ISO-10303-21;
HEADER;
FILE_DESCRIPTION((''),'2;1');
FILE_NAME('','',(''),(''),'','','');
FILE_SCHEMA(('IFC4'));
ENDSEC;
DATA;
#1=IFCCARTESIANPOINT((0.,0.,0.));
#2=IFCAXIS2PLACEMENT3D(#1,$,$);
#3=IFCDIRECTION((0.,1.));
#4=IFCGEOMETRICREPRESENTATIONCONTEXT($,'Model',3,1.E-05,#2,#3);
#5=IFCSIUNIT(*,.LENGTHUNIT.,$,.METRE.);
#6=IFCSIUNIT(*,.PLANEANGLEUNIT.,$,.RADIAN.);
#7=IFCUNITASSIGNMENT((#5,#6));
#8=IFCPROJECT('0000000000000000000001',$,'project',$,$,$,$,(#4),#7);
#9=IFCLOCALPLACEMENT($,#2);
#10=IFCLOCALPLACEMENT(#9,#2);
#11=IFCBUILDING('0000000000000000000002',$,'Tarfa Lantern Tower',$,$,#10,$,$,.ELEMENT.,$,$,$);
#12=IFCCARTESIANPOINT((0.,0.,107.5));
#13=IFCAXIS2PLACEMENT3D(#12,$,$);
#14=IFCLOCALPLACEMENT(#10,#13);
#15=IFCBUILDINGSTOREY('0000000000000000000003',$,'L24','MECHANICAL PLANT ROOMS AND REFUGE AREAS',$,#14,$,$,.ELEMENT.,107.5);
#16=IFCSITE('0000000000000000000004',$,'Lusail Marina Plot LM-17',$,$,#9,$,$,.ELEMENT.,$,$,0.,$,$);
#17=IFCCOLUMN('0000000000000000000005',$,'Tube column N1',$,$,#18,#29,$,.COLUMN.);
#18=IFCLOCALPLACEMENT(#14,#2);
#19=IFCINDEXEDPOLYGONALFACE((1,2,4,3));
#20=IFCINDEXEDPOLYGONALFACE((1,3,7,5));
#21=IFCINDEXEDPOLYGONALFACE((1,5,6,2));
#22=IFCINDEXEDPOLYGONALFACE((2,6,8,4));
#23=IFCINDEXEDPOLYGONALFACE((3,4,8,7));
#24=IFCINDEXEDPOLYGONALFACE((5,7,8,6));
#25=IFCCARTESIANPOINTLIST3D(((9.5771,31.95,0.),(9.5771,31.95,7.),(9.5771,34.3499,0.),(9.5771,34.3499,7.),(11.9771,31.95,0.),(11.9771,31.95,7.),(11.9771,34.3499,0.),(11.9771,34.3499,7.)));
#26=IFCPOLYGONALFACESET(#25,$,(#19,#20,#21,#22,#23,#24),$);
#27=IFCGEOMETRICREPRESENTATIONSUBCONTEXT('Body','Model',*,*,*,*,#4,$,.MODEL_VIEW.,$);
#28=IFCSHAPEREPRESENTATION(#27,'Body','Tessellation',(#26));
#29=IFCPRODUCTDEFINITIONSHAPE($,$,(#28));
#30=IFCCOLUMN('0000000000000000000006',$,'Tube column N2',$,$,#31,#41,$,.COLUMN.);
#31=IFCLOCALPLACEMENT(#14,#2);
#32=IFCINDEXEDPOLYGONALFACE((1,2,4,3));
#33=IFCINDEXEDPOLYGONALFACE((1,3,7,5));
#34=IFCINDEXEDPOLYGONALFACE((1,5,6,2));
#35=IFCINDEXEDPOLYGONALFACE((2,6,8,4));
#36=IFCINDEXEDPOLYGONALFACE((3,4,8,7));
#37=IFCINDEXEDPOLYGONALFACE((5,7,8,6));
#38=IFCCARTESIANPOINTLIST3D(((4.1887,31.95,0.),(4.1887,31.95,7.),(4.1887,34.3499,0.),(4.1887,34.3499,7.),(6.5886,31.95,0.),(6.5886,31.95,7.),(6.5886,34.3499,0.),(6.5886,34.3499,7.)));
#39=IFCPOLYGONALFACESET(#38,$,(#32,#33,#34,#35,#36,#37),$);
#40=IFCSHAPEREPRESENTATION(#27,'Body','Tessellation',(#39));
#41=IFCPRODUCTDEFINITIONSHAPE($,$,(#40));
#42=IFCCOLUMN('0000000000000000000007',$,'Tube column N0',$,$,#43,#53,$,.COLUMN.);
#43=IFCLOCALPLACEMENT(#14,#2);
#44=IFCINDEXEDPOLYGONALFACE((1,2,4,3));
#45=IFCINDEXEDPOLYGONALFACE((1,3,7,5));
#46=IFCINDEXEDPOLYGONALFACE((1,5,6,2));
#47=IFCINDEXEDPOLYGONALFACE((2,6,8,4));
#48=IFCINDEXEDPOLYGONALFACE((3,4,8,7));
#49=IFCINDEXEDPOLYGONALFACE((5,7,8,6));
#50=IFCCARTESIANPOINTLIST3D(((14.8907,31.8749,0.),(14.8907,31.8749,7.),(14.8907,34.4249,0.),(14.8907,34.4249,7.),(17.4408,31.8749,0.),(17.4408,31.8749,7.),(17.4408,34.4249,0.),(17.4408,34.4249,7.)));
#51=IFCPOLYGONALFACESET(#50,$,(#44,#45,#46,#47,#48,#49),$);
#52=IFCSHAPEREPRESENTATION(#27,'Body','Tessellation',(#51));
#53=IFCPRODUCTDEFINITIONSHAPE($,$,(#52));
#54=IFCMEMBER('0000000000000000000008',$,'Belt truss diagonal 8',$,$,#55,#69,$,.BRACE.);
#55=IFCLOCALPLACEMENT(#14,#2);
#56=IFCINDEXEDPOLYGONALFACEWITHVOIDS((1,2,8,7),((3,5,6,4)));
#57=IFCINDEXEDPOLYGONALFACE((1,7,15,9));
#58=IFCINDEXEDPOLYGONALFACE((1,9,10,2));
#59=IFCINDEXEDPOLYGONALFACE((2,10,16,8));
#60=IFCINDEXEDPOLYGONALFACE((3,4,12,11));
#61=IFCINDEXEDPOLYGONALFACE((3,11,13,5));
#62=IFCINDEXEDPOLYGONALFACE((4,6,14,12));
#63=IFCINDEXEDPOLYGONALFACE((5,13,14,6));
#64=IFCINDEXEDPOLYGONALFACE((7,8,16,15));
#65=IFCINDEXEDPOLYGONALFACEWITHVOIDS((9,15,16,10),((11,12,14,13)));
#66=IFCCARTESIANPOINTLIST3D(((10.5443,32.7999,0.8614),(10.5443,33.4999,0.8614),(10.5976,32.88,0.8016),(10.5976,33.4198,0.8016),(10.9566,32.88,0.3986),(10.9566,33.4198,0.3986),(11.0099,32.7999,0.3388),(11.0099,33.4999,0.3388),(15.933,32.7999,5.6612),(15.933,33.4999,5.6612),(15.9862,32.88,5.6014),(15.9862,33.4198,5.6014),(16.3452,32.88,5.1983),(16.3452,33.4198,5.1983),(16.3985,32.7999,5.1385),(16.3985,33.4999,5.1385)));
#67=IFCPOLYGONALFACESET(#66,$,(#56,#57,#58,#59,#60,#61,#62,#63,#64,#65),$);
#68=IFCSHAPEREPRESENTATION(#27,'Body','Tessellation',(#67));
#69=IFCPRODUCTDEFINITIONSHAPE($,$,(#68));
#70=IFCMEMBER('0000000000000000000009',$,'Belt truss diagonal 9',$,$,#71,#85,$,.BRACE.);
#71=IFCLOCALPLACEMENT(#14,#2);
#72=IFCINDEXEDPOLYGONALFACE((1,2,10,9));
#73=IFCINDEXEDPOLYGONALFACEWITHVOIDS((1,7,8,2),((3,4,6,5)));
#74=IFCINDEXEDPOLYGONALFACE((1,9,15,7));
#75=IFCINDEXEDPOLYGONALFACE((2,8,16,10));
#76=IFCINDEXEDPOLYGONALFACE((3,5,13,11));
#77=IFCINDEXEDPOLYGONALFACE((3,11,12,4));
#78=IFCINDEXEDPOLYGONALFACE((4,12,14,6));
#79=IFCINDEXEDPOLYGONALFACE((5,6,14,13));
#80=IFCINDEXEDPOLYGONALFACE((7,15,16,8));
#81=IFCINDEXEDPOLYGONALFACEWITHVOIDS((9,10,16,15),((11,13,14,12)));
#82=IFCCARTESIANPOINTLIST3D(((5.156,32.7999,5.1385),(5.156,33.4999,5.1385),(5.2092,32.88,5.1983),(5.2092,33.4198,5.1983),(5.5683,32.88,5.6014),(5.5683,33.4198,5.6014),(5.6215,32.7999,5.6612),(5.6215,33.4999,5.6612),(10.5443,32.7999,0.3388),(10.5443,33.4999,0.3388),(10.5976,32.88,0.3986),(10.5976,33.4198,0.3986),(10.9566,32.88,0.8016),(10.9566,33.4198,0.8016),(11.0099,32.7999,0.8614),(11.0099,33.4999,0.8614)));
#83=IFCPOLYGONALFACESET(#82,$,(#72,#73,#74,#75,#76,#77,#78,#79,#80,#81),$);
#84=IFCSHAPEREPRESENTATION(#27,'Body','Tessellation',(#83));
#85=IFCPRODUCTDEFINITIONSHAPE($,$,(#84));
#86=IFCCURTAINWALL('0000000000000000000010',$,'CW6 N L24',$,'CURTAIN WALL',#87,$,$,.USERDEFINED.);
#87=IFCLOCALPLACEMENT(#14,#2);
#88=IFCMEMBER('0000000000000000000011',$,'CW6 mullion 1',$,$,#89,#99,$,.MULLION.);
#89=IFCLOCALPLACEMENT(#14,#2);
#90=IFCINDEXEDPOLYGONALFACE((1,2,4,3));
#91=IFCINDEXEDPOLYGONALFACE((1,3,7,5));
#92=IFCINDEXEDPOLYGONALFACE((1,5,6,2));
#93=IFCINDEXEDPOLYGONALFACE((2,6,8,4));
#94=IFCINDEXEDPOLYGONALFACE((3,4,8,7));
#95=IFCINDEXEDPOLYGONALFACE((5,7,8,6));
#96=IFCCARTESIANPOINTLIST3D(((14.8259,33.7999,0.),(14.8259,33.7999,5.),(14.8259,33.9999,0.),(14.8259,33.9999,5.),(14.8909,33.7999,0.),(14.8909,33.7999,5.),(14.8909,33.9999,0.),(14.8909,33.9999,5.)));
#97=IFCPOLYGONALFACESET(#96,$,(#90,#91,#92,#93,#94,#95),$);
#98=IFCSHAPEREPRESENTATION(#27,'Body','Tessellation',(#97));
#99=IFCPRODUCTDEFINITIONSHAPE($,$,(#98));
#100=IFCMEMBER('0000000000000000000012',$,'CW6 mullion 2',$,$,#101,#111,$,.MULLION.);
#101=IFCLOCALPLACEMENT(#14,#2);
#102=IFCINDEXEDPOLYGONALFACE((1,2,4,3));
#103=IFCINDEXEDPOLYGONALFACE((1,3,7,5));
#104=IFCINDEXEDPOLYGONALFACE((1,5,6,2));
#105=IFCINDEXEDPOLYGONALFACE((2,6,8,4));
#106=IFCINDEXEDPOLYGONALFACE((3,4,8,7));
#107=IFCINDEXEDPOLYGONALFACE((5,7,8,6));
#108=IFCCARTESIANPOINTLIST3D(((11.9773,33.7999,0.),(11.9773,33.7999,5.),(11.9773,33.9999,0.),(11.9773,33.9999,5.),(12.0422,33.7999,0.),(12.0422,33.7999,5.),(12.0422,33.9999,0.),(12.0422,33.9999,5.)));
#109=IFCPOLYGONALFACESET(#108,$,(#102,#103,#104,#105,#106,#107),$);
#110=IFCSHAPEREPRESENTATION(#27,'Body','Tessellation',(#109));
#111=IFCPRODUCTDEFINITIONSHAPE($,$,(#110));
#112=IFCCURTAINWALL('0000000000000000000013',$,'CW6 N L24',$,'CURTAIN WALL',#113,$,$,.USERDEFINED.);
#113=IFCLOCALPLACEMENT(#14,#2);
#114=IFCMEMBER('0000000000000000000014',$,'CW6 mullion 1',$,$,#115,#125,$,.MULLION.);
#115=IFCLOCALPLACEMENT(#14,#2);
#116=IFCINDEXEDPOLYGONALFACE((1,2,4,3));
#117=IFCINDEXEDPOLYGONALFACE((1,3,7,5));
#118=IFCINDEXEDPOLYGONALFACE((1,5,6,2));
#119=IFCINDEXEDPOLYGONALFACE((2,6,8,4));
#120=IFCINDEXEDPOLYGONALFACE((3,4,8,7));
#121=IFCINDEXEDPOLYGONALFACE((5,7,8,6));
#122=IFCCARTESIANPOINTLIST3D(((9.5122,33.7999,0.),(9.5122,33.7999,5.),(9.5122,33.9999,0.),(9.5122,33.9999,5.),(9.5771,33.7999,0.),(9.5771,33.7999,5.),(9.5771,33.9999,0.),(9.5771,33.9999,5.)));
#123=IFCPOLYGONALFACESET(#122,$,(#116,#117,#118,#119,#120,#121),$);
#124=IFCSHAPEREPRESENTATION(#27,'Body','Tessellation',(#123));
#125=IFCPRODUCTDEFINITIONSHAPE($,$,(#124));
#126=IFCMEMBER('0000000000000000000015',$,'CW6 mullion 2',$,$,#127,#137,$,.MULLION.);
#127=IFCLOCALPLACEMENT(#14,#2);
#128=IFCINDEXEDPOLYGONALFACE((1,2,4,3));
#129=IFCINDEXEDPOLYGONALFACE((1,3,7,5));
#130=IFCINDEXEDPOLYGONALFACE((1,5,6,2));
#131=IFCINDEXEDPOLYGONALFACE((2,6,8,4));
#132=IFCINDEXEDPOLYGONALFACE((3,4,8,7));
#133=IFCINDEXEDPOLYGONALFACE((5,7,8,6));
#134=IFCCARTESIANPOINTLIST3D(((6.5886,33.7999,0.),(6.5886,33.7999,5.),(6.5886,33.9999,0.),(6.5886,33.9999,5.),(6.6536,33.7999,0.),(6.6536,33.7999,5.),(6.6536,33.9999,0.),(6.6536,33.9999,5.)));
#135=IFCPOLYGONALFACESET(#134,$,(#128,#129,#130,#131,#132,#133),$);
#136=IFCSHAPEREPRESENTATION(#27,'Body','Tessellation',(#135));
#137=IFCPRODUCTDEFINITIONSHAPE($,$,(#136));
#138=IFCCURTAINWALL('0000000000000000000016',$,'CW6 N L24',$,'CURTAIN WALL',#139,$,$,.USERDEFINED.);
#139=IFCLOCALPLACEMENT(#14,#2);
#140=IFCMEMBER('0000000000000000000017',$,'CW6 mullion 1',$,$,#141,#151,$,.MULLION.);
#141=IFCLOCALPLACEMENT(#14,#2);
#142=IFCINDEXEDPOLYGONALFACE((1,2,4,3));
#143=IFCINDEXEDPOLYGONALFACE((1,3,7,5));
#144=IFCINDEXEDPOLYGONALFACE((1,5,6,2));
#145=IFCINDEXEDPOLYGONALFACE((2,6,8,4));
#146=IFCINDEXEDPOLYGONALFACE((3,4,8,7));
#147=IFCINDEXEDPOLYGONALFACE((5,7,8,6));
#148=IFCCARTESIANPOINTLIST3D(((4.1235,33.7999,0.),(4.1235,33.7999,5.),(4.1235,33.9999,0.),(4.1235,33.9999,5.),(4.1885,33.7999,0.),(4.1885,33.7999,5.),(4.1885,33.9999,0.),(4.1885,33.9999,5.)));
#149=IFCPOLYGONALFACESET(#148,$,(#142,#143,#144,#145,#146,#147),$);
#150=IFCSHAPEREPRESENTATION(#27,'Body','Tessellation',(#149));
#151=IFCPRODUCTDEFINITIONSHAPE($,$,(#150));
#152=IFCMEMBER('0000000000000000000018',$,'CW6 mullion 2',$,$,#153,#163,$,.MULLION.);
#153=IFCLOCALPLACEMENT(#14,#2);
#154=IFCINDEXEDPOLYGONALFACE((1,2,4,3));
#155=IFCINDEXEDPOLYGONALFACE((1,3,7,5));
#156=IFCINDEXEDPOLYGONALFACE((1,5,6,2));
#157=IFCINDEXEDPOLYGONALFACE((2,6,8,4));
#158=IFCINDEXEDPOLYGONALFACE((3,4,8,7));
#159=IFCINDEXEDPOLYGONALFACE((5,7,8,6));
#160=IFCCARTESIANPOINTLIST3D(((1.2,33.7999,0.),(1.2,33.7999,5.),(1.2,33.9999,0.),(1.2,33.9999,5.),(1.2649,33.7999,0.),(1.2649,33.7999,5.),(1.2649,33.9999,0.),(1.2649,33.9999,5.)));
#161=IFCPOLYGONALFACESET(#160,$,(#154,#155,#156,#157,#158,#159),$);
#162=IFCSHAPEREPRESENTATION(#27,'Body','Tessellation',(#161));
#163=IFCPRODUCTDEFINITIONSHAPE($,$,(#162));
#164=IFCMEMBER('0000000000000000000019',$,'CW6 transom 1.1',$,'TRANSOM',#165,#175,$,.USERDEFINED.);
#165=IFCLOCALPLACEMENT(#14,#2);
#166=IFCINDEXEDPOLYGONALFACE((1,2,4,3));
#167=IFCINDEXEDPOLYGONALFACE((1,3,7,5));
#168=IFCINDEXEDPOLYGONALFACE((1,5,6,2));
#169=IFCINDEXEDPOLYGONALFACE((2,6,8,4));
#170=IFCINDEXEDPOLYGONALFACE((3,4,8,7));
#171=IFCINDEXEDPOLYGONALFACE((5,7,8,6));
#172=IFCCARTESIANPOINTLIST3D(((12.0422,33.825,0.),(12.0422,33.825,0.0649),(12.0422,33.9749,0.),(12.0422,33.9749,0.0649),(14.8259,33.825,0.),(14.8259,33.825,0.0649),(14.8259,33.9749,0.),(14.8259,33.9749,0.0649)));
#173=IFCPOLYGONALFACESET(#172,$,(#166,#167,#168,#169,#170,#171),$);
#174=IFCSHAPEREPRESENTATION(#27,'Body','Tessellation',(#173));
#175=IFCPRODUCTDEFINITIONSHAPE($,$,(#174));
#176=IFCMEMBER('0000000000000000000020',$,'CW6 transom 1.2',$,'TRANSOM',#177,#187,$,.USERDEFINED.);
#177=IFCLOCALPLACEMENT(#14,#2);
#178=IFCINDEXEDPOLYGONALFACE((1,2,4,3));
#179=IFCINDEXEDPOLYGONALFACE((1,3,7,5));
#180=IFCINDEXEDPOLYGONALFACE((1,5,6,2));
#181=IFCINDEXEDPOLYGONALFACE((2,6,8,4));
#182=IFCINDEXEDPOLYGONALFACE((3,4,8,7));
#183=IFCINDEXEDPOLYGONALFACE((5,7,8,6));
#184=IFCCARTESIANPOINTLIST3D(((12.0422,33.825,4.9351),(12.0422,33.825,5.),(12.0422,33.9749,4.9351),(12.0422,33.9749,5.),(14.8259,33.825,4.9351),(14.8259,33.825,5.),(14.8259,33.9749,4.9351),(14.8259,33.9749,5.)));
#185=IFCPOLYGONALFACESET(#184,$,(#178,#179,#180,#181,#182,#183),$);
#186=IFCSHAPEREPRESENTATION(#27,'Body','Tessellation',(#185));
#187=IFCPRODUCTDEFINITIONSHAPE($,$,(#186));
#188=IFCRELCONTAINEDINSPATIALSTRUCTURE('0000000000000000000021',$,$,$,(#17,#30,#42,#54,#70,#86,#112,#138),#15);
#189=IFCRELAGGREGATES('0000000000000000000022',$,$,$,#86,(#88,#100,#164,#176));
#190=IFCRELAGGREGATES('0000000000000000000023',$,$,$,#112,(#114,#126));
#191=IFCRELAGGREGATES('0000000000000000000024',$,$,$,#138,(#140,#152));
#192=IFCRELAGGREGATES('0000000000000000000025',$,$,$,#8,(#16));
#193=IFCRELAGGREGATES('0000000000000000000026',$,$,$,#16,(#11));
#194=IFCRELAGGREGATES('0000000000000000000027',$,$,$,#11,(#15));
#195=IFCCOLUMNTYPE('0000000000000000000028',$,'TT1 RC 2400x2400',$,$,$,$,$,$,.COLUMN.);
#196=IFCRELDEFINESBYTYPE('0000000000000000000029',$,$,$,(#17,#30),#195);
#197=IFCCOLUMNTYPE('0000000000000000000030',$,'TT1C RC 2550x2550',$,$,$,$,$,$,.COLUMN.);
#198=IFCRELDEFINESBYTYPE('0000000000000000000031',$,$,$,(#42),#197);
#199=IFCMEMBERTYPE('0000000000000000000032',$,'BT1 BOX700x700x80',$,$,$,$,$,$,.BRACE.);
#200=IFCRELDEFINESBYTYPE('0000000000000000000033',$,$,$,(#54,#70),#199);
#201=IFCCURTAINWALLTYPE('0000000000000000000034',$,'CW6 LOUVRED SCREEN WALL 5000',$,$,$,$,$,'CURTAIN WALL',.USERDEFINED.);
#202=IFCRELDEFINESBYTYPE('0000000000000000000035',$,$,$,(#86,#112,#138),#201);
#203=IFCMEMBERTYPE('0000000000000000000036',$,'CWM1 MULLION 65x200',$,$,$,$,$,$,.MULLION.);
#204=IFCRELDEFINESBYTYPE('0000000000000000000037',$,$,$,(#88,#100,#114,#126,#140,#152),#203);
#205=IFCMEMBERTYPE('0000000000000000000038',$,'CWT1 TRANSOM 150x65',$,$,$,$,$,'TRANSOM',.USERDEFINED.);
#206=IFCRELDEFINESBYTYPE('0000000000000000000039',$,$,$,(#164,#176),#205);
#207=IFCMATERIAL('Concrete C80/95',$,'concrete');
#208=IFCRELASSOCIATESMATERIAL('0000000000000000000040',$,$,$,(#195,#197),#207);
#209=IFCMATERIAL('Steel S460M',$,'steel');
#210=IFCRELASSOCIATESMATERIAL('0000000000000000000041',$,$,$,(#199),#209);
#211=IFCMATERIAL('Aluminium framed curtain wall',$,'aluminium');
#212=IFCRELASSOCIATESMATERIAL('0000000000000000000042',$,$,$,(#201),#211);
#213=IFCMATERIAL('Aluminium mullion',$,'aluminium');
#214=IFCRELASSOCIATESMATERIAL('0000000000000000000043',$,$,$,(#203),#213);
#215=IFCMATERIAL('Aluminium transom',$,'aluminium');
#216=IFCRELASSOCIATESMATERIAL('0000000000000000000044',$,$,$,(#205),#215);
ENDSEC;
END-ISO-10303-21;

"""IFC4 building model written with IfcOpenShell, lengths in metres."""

from ifc_helpers import new_model, si_unit, direction, frame, origin, origin_2d, place, context, subcontext, project, spatial, rectangle, hollow_rectangle, extrude, material, material_profile, profile_set, type_object, element, aggregate, save


model = new_model("IFC4")

# Units and contexts
model_context = context("Model", 3, precision=1e-05, world=origin(), true_north=direction((0.0, 1.0)))
body_context = subcontext(model_context, "Body", "Model", "MODEL_VIEW")
ifc_project = project(units=[si_unit("LENGTHUNIT", "METRE"), si_unit("PLANEANGLEUNIT", "RADIAN")], contexts=[model_context])

# Site, building, storey
site_placement = place(None, origin())
site = spatial("IfcSite", under=ifc_project, at=site_placement, Name="Lusail Marina Plot LM-17", CompositionType="ELEMENT", RefElevation=0.0)
building_placement = place(site_placement, origin())
building = spatial("IfcBuilding", under=site, at=building_placement, Name="Tarfa Lantern Tower", CompositionType="ELEMENT")
storey_placement = place(building_placement, frame((0.0, 0.0, 107.5)))
storey = spatial("IfcBuildingStorey", under=building, at=storey_placement, Name="L24", Description="MECHANICAL PLANT ROOMS AND REFUGE AREAS", CompositionType="ELEMENT", Elevation=107.5)

# Columns
ifc_material_1 = material(Name="Concrete C80/95", Category="concrete")
ifc_material_profile_1 = material_profile(ifc_material_1, rectangle(XDim=2.3999, YDim=2.3999, at=origin_2d()), Name="RC 2400x2400")
ifc_profile_set_1 = profile_set([ifc_material_profile_1], Name="Concrete C80/95")
column_type_1 = type_object("IfcColumnType", Name="TT1 RC 2400x2400", PredefinedType="COLUMN", material=ifc_profile_set_1)
for number, where, z_axis, x_axis, name in (
    (1, (10.7771, 33.1499, 0.0), (0.0, 0.0, 1.0), (-1.0, 0.0, 0.0), "Tube column N1"),
    (2, (5.3887, 33.1499, 0.0), (0.0, 0.0, 1.0), (-1.0, 0.0, 0.0), "Tube column N2"),
):
    element("IfcColumn", number, at=place(storey_placement, frame(where, z_axis=z_axis, x_axis=x_axis)), inside=storey, type_object=column_type_1, Name=name, PredefinedType="COLUMN", context=body_context, shape_type="SweptSolid", body=[
        extrude(rectangle(XDim=2.3999, YDim=2.3999, at=origin_2d()), origin(), (0.0, 0.0, 1.0), 7.0),
    ])
ifc_material_profile_2 = material_profile(ifc_material_1, rectangle(XDim=2.55, YDim=2.55, at=origin_2d()), Name="RC 2550x2550")
ifc_profile_set_2 = profile_set([ifc_material_profile_2], Name="Concrete C80/95")
column_type_2 = type_object("IfcColumnType", Name="TT1C RC 2550x2550", PredefinedType="COLUMN", material=ifc_profile_set_2)
column_placement = place(storey_placement, frame((16.1658, 33.1499, 0.0), z_axis=(0.0, 0.0, 1.0), x_axis=(-1.0, 0.0, 0.0)))
element("IfcColumn", 3, at=column_placement, inside=storey, type_object=column_type_2, Name="Tube column N0", PredefinedType="COLUMN", context=body_context, shape_type="SweptSolid", body=[
    extrude(rectangle(XDim=2.55, YDim=2.55, at=origin_2d()), origin(), (0.0, 0.0, 1.0), 7.0),
])

# Members
ifc_material_2 = material(Name="Steel S460M", Category="steel")
ifc_material_profile_3 = material_profile(ifc_material_2, hollow_rectangle(XDim=0.7, YDim=0.7, WallThickness=0.0801, at=origin_2d()), Name="BOX700x700x80")
ifc_profile_set_3 = profile_set([ifc_material_profile_3], Name="Steel S460M")
member_type_1 = type_object("IfcMemberType", Name="BT1 BOX700x700x80", PredefinedType="BRACE", material=ifc_profile_set_3)
member_1_placement = place(storey_placement, frame((10.7771, 33.1499, 0.6001), z_axis=(0.746729, 0.0, 0.665128), x_axis=(0.0, 1.0, 0.0)))
element("IfcMember", 4, at=member_1_placement, inside=storey, type_object=member_type_1, Name="Belt truss diagonal 8", PredefinedType="BRACE", context=body_context, shape_type="SweptSolid", body=[
    extrude(hollow_rectangle(XDim=0.7, YDim=0.7, WallThickness=0.0801, at=origin_2d()), origin(), (0.0, 0.0, 1.0), 7.2163),
])
member_2_placement = place(storey_placement, frame((10.7771, 33.1499, 0.6001), z_axis=(-0.746715, 0.0, 0.665145), x_axis=(0.0, -1.0, 0.0)))
element("IfcMember", 5, at=member_2_placement, inside=storey, type_object=member_type_1, Name="Belt truss diagonal 9", PredefinedType="BRACE", context=body_context, shape_type="SweptSolid", body=[
    extrude(hollow_rectangle(XDim=0.7, YDim=0.7, WallThickness=0.0801, at=origin_2d()), origin(), (0.0, 0.0, 1.0), 7.2161),
])

# Curtain walls, members
ifc_material_3 = material(Name="Aluminium framed curtain wall", Category="aluminium")
curtain_wall_type = type_object("IfcCurtainWallType", Name="CW6 LOUVRED SCREEN WALL 5000", ElementType="CURTAIN WALL", PredefinedType="USERDEFINED", material=ifc_material_3)
curtain_wall_1_placement = place(storey_placement, origin())
curtain_wall_1 = element("IfcCurtainWall", 6, at=curtain_wall_1_placement, inside=storey, type_object=curtain_wall_type, Name="CW6 N L24", ObjectType="CURTAIN WALL", PredefinedType="USERDEFINED")
ifc_material_4 = material(Name="Aluminium mullion", Category="aluminium")
ifc_material_profile_4 = material_profile(ifc_material_4, rectangle(XDim=0.0649, YDim=0.2, at=origin_2d()), Name="AL MULLION 65x200")
ifc_profile_set_4 = profile_set([ifc_material_profile_4], Name="Aluminium mullion")
member_type_2 = type_object("IfcMemberType", Name="CWM1 MULLION 65x200", PredefinedType="MULLION", material=ifc_profile_set_4)
member_3_placement = place(storey_placement, frame((14.8584, 33.8999, 0.0), z_axis=(0.0, 0.0, 1.0), x_axis=(1.0, 0.0, 0.0)))
member_3 = element("IfcMember", 7, at=member_3_placement, type_object=member_type_2, Name="CW6 mullion 1", PredefinedType="MULLION", context=body_context, shape_type="SweptSolid", body=[
    extrude(rectangle(XDim=0.0649, YDim=0.2, at=origin_2d()), origin(), (0.0, 0.0, 1.0), 5.0),
])
member_4_placement = place(storey_placement, frame((12.0098, 33.8999, 0.0), z_axis=(0.0, 0.0, 1.0), x_axis=(1.0, 0.0, 0.0)))
member_4 = element("IfcMember", 8, at=member_4_placement, type_object=member_type_2, Name="CW6 mullion 2", PredefinedType="MULLION", context=body_context, shape_type="SweptSolid", body=[
    extrude(rectangle(XDim=0.0649, YDim=0.2, at=origin_2d()), origin(), (0.0, 0.0, 1.0), 5.0),
])
curtain_wall_2_placement = place(storey_placement, origin())
curtain_wall_2 = element("IfcCurtainWall", 9, at=curtain_wall_2_placement, inside=storey, type_object=curtain_wall_type, Name="CW6 N L24", ObjectType="CURTAIN WALL", PredefinedType="USERDEFINED")
member_5_placement = place(storey_placement, frame((9.5447, 33.8999, 0.0), z_axis=(0.0, 0.0, 1.0), x_axis=(1.0, 0.0, 0.0)))
member_5 = element("IfcMember", 10, at=member_5_placement, type_object=member_type_2, Name="CW6 mullion 1", PredefinedType="MULLION", context=body_context, shape_type="SweptSolid", body=[
    extrude(rectangle(XDim=0.0649, YDim=0.2, at=origin_2d()), origin(), (0.0, 0.0, 1.0), 5.0),
])
member_6_placement = place(storey_placement, frame((6.6211, 33.8999, 0.0), z_axis=(0.0, 0.0, 1.0), x_axis=(1.0, 0.0, 0.0)))
member_6 = element("IfcMember", 11, at=member_6_placement, type_object=member_type_2, Name="CW6 mullion 2", PredefinedType="MULLION", context=body_context, shape_type="SweptSolid", body=[
    extrude(rectangle(XDim=0.0649, YDim=0.2, at=origin_2d()), origin(), (0.0, 0.0, 1.0), 5.0),
])
curtain_wall_3_placement = place(storey_placement, origin())
curtain_wall_3 = element("IfcCurtainWall", 12, at=curtain_wall_3_placement, inside=storey, type_object=curtain_wall_type, Name="CW6 N L24", ObjectType="CURTAIN WALL", PredefinedType="USERDEFINED")
member_7_placement = place(storey_placement, frame((4.156, 33.8999, 0.0), z_axis=(0.0, 0.0, 1.0), x_axis=(1.0, 0.0, 0.0)))
member_7 = element("IfcMember", 13, at=member_7_placement, type_object=member_type_2, Name="CW6 mullion 1", PredefinedType="MULLION", context=body_context, shape_type="SweptSolid", body=[
    extrude(rectangle(XDim=0.0649, YDim=0.2, at=origin_2d()), origin(), (0.0, 0.0, 1.0), 5.0),
])
member_8_placement = place(storey_placement, frame((1.2324, 33.8999, 0.0), z_axis=(0.0, 0.0, 1.0), x_axis=(1.0, 0.0, 0.0)))
member_8 = element("IfcMember", 14, at=member_8_placement, type_object=member_type_2, Name="CW6 mullion 2", PredefinedType="MULLION", context=body_context, shape_type="SweptSolid", body=[
    extrude(rectangle(XDim=0.0649, YDim=0.2, at=origin_2d()), origin(), (0.0, 0.0, 1.0), 5.0),
])

# Members
ifc_material_5 = material(Name="Aluminium transom", Category="aluminium")
ifc_material_profile_5 = material_profile(ifc_material_5, rectangle(XDim=0.1499, YDim=0.0649, at=origin_2d()), Name="AL TRANSOM 150x65")
ifc_profile_set_5 = profile_set([ifc_material_profile_5], Name="Aluminium transom")
member_type_3 = type_object("IfcMemberType", Name="CWT1 TRANSOM 150x65", ElementType="TRANSOM", PredefinedType="USERDEFINED", material=ifc_profile_set_5)
member_9_placement = place(storey_placement, frame((14.8259, 33.8999, 0.0325), z_axis=(-1.0, 0.0, 0.0), x_axis=(0.0, -1.0, 0.0)))
member_9 = element("IfcMember", 15, at=member_9_placement, type_object=member_type_3, Name="CW6 transom 1.1", ObjectType="TRANSOM", PredefinedType="USERDEFINED", context=body_context, shape_type="SweptSolid", body=[
    extrude(rectangle(XDim=0.1499, YDim=0.0649, at=origin_2d()), origin(), (0.0, 0.0, 1.0), 2.7837),
])
member_10_placement = place(storey_placement, frame((14.8259, 33.8999, 4.9675), z_axis=(-1.0, 0.0, 0.0), x_axis=(0.0, -1.0, 0.0)))
member_10 = element("IfcMember", 16, at=member_10_placement, type_object=member_type_3, Name="CW6 transom 1.2", ObjectType="TRANSOM", PredefinedType="USERDEFINED", context=body_context, shape_type="SweptSolid", body=[
    extrude(rectangle(XDim=0.1499, YDim=0.0649, at=origin_2d()), origin(), (0.0, 0.0, 1.0), 2.7837),
])

aggregate(curtain_wall_1, [member_3, member_4, member_9, member_10])
aggregate(curtain_wall_2, [member_5, member_6])
aggregate(curtain_wall_3, [member_7, member_8])

save(model, "model.ifc")
